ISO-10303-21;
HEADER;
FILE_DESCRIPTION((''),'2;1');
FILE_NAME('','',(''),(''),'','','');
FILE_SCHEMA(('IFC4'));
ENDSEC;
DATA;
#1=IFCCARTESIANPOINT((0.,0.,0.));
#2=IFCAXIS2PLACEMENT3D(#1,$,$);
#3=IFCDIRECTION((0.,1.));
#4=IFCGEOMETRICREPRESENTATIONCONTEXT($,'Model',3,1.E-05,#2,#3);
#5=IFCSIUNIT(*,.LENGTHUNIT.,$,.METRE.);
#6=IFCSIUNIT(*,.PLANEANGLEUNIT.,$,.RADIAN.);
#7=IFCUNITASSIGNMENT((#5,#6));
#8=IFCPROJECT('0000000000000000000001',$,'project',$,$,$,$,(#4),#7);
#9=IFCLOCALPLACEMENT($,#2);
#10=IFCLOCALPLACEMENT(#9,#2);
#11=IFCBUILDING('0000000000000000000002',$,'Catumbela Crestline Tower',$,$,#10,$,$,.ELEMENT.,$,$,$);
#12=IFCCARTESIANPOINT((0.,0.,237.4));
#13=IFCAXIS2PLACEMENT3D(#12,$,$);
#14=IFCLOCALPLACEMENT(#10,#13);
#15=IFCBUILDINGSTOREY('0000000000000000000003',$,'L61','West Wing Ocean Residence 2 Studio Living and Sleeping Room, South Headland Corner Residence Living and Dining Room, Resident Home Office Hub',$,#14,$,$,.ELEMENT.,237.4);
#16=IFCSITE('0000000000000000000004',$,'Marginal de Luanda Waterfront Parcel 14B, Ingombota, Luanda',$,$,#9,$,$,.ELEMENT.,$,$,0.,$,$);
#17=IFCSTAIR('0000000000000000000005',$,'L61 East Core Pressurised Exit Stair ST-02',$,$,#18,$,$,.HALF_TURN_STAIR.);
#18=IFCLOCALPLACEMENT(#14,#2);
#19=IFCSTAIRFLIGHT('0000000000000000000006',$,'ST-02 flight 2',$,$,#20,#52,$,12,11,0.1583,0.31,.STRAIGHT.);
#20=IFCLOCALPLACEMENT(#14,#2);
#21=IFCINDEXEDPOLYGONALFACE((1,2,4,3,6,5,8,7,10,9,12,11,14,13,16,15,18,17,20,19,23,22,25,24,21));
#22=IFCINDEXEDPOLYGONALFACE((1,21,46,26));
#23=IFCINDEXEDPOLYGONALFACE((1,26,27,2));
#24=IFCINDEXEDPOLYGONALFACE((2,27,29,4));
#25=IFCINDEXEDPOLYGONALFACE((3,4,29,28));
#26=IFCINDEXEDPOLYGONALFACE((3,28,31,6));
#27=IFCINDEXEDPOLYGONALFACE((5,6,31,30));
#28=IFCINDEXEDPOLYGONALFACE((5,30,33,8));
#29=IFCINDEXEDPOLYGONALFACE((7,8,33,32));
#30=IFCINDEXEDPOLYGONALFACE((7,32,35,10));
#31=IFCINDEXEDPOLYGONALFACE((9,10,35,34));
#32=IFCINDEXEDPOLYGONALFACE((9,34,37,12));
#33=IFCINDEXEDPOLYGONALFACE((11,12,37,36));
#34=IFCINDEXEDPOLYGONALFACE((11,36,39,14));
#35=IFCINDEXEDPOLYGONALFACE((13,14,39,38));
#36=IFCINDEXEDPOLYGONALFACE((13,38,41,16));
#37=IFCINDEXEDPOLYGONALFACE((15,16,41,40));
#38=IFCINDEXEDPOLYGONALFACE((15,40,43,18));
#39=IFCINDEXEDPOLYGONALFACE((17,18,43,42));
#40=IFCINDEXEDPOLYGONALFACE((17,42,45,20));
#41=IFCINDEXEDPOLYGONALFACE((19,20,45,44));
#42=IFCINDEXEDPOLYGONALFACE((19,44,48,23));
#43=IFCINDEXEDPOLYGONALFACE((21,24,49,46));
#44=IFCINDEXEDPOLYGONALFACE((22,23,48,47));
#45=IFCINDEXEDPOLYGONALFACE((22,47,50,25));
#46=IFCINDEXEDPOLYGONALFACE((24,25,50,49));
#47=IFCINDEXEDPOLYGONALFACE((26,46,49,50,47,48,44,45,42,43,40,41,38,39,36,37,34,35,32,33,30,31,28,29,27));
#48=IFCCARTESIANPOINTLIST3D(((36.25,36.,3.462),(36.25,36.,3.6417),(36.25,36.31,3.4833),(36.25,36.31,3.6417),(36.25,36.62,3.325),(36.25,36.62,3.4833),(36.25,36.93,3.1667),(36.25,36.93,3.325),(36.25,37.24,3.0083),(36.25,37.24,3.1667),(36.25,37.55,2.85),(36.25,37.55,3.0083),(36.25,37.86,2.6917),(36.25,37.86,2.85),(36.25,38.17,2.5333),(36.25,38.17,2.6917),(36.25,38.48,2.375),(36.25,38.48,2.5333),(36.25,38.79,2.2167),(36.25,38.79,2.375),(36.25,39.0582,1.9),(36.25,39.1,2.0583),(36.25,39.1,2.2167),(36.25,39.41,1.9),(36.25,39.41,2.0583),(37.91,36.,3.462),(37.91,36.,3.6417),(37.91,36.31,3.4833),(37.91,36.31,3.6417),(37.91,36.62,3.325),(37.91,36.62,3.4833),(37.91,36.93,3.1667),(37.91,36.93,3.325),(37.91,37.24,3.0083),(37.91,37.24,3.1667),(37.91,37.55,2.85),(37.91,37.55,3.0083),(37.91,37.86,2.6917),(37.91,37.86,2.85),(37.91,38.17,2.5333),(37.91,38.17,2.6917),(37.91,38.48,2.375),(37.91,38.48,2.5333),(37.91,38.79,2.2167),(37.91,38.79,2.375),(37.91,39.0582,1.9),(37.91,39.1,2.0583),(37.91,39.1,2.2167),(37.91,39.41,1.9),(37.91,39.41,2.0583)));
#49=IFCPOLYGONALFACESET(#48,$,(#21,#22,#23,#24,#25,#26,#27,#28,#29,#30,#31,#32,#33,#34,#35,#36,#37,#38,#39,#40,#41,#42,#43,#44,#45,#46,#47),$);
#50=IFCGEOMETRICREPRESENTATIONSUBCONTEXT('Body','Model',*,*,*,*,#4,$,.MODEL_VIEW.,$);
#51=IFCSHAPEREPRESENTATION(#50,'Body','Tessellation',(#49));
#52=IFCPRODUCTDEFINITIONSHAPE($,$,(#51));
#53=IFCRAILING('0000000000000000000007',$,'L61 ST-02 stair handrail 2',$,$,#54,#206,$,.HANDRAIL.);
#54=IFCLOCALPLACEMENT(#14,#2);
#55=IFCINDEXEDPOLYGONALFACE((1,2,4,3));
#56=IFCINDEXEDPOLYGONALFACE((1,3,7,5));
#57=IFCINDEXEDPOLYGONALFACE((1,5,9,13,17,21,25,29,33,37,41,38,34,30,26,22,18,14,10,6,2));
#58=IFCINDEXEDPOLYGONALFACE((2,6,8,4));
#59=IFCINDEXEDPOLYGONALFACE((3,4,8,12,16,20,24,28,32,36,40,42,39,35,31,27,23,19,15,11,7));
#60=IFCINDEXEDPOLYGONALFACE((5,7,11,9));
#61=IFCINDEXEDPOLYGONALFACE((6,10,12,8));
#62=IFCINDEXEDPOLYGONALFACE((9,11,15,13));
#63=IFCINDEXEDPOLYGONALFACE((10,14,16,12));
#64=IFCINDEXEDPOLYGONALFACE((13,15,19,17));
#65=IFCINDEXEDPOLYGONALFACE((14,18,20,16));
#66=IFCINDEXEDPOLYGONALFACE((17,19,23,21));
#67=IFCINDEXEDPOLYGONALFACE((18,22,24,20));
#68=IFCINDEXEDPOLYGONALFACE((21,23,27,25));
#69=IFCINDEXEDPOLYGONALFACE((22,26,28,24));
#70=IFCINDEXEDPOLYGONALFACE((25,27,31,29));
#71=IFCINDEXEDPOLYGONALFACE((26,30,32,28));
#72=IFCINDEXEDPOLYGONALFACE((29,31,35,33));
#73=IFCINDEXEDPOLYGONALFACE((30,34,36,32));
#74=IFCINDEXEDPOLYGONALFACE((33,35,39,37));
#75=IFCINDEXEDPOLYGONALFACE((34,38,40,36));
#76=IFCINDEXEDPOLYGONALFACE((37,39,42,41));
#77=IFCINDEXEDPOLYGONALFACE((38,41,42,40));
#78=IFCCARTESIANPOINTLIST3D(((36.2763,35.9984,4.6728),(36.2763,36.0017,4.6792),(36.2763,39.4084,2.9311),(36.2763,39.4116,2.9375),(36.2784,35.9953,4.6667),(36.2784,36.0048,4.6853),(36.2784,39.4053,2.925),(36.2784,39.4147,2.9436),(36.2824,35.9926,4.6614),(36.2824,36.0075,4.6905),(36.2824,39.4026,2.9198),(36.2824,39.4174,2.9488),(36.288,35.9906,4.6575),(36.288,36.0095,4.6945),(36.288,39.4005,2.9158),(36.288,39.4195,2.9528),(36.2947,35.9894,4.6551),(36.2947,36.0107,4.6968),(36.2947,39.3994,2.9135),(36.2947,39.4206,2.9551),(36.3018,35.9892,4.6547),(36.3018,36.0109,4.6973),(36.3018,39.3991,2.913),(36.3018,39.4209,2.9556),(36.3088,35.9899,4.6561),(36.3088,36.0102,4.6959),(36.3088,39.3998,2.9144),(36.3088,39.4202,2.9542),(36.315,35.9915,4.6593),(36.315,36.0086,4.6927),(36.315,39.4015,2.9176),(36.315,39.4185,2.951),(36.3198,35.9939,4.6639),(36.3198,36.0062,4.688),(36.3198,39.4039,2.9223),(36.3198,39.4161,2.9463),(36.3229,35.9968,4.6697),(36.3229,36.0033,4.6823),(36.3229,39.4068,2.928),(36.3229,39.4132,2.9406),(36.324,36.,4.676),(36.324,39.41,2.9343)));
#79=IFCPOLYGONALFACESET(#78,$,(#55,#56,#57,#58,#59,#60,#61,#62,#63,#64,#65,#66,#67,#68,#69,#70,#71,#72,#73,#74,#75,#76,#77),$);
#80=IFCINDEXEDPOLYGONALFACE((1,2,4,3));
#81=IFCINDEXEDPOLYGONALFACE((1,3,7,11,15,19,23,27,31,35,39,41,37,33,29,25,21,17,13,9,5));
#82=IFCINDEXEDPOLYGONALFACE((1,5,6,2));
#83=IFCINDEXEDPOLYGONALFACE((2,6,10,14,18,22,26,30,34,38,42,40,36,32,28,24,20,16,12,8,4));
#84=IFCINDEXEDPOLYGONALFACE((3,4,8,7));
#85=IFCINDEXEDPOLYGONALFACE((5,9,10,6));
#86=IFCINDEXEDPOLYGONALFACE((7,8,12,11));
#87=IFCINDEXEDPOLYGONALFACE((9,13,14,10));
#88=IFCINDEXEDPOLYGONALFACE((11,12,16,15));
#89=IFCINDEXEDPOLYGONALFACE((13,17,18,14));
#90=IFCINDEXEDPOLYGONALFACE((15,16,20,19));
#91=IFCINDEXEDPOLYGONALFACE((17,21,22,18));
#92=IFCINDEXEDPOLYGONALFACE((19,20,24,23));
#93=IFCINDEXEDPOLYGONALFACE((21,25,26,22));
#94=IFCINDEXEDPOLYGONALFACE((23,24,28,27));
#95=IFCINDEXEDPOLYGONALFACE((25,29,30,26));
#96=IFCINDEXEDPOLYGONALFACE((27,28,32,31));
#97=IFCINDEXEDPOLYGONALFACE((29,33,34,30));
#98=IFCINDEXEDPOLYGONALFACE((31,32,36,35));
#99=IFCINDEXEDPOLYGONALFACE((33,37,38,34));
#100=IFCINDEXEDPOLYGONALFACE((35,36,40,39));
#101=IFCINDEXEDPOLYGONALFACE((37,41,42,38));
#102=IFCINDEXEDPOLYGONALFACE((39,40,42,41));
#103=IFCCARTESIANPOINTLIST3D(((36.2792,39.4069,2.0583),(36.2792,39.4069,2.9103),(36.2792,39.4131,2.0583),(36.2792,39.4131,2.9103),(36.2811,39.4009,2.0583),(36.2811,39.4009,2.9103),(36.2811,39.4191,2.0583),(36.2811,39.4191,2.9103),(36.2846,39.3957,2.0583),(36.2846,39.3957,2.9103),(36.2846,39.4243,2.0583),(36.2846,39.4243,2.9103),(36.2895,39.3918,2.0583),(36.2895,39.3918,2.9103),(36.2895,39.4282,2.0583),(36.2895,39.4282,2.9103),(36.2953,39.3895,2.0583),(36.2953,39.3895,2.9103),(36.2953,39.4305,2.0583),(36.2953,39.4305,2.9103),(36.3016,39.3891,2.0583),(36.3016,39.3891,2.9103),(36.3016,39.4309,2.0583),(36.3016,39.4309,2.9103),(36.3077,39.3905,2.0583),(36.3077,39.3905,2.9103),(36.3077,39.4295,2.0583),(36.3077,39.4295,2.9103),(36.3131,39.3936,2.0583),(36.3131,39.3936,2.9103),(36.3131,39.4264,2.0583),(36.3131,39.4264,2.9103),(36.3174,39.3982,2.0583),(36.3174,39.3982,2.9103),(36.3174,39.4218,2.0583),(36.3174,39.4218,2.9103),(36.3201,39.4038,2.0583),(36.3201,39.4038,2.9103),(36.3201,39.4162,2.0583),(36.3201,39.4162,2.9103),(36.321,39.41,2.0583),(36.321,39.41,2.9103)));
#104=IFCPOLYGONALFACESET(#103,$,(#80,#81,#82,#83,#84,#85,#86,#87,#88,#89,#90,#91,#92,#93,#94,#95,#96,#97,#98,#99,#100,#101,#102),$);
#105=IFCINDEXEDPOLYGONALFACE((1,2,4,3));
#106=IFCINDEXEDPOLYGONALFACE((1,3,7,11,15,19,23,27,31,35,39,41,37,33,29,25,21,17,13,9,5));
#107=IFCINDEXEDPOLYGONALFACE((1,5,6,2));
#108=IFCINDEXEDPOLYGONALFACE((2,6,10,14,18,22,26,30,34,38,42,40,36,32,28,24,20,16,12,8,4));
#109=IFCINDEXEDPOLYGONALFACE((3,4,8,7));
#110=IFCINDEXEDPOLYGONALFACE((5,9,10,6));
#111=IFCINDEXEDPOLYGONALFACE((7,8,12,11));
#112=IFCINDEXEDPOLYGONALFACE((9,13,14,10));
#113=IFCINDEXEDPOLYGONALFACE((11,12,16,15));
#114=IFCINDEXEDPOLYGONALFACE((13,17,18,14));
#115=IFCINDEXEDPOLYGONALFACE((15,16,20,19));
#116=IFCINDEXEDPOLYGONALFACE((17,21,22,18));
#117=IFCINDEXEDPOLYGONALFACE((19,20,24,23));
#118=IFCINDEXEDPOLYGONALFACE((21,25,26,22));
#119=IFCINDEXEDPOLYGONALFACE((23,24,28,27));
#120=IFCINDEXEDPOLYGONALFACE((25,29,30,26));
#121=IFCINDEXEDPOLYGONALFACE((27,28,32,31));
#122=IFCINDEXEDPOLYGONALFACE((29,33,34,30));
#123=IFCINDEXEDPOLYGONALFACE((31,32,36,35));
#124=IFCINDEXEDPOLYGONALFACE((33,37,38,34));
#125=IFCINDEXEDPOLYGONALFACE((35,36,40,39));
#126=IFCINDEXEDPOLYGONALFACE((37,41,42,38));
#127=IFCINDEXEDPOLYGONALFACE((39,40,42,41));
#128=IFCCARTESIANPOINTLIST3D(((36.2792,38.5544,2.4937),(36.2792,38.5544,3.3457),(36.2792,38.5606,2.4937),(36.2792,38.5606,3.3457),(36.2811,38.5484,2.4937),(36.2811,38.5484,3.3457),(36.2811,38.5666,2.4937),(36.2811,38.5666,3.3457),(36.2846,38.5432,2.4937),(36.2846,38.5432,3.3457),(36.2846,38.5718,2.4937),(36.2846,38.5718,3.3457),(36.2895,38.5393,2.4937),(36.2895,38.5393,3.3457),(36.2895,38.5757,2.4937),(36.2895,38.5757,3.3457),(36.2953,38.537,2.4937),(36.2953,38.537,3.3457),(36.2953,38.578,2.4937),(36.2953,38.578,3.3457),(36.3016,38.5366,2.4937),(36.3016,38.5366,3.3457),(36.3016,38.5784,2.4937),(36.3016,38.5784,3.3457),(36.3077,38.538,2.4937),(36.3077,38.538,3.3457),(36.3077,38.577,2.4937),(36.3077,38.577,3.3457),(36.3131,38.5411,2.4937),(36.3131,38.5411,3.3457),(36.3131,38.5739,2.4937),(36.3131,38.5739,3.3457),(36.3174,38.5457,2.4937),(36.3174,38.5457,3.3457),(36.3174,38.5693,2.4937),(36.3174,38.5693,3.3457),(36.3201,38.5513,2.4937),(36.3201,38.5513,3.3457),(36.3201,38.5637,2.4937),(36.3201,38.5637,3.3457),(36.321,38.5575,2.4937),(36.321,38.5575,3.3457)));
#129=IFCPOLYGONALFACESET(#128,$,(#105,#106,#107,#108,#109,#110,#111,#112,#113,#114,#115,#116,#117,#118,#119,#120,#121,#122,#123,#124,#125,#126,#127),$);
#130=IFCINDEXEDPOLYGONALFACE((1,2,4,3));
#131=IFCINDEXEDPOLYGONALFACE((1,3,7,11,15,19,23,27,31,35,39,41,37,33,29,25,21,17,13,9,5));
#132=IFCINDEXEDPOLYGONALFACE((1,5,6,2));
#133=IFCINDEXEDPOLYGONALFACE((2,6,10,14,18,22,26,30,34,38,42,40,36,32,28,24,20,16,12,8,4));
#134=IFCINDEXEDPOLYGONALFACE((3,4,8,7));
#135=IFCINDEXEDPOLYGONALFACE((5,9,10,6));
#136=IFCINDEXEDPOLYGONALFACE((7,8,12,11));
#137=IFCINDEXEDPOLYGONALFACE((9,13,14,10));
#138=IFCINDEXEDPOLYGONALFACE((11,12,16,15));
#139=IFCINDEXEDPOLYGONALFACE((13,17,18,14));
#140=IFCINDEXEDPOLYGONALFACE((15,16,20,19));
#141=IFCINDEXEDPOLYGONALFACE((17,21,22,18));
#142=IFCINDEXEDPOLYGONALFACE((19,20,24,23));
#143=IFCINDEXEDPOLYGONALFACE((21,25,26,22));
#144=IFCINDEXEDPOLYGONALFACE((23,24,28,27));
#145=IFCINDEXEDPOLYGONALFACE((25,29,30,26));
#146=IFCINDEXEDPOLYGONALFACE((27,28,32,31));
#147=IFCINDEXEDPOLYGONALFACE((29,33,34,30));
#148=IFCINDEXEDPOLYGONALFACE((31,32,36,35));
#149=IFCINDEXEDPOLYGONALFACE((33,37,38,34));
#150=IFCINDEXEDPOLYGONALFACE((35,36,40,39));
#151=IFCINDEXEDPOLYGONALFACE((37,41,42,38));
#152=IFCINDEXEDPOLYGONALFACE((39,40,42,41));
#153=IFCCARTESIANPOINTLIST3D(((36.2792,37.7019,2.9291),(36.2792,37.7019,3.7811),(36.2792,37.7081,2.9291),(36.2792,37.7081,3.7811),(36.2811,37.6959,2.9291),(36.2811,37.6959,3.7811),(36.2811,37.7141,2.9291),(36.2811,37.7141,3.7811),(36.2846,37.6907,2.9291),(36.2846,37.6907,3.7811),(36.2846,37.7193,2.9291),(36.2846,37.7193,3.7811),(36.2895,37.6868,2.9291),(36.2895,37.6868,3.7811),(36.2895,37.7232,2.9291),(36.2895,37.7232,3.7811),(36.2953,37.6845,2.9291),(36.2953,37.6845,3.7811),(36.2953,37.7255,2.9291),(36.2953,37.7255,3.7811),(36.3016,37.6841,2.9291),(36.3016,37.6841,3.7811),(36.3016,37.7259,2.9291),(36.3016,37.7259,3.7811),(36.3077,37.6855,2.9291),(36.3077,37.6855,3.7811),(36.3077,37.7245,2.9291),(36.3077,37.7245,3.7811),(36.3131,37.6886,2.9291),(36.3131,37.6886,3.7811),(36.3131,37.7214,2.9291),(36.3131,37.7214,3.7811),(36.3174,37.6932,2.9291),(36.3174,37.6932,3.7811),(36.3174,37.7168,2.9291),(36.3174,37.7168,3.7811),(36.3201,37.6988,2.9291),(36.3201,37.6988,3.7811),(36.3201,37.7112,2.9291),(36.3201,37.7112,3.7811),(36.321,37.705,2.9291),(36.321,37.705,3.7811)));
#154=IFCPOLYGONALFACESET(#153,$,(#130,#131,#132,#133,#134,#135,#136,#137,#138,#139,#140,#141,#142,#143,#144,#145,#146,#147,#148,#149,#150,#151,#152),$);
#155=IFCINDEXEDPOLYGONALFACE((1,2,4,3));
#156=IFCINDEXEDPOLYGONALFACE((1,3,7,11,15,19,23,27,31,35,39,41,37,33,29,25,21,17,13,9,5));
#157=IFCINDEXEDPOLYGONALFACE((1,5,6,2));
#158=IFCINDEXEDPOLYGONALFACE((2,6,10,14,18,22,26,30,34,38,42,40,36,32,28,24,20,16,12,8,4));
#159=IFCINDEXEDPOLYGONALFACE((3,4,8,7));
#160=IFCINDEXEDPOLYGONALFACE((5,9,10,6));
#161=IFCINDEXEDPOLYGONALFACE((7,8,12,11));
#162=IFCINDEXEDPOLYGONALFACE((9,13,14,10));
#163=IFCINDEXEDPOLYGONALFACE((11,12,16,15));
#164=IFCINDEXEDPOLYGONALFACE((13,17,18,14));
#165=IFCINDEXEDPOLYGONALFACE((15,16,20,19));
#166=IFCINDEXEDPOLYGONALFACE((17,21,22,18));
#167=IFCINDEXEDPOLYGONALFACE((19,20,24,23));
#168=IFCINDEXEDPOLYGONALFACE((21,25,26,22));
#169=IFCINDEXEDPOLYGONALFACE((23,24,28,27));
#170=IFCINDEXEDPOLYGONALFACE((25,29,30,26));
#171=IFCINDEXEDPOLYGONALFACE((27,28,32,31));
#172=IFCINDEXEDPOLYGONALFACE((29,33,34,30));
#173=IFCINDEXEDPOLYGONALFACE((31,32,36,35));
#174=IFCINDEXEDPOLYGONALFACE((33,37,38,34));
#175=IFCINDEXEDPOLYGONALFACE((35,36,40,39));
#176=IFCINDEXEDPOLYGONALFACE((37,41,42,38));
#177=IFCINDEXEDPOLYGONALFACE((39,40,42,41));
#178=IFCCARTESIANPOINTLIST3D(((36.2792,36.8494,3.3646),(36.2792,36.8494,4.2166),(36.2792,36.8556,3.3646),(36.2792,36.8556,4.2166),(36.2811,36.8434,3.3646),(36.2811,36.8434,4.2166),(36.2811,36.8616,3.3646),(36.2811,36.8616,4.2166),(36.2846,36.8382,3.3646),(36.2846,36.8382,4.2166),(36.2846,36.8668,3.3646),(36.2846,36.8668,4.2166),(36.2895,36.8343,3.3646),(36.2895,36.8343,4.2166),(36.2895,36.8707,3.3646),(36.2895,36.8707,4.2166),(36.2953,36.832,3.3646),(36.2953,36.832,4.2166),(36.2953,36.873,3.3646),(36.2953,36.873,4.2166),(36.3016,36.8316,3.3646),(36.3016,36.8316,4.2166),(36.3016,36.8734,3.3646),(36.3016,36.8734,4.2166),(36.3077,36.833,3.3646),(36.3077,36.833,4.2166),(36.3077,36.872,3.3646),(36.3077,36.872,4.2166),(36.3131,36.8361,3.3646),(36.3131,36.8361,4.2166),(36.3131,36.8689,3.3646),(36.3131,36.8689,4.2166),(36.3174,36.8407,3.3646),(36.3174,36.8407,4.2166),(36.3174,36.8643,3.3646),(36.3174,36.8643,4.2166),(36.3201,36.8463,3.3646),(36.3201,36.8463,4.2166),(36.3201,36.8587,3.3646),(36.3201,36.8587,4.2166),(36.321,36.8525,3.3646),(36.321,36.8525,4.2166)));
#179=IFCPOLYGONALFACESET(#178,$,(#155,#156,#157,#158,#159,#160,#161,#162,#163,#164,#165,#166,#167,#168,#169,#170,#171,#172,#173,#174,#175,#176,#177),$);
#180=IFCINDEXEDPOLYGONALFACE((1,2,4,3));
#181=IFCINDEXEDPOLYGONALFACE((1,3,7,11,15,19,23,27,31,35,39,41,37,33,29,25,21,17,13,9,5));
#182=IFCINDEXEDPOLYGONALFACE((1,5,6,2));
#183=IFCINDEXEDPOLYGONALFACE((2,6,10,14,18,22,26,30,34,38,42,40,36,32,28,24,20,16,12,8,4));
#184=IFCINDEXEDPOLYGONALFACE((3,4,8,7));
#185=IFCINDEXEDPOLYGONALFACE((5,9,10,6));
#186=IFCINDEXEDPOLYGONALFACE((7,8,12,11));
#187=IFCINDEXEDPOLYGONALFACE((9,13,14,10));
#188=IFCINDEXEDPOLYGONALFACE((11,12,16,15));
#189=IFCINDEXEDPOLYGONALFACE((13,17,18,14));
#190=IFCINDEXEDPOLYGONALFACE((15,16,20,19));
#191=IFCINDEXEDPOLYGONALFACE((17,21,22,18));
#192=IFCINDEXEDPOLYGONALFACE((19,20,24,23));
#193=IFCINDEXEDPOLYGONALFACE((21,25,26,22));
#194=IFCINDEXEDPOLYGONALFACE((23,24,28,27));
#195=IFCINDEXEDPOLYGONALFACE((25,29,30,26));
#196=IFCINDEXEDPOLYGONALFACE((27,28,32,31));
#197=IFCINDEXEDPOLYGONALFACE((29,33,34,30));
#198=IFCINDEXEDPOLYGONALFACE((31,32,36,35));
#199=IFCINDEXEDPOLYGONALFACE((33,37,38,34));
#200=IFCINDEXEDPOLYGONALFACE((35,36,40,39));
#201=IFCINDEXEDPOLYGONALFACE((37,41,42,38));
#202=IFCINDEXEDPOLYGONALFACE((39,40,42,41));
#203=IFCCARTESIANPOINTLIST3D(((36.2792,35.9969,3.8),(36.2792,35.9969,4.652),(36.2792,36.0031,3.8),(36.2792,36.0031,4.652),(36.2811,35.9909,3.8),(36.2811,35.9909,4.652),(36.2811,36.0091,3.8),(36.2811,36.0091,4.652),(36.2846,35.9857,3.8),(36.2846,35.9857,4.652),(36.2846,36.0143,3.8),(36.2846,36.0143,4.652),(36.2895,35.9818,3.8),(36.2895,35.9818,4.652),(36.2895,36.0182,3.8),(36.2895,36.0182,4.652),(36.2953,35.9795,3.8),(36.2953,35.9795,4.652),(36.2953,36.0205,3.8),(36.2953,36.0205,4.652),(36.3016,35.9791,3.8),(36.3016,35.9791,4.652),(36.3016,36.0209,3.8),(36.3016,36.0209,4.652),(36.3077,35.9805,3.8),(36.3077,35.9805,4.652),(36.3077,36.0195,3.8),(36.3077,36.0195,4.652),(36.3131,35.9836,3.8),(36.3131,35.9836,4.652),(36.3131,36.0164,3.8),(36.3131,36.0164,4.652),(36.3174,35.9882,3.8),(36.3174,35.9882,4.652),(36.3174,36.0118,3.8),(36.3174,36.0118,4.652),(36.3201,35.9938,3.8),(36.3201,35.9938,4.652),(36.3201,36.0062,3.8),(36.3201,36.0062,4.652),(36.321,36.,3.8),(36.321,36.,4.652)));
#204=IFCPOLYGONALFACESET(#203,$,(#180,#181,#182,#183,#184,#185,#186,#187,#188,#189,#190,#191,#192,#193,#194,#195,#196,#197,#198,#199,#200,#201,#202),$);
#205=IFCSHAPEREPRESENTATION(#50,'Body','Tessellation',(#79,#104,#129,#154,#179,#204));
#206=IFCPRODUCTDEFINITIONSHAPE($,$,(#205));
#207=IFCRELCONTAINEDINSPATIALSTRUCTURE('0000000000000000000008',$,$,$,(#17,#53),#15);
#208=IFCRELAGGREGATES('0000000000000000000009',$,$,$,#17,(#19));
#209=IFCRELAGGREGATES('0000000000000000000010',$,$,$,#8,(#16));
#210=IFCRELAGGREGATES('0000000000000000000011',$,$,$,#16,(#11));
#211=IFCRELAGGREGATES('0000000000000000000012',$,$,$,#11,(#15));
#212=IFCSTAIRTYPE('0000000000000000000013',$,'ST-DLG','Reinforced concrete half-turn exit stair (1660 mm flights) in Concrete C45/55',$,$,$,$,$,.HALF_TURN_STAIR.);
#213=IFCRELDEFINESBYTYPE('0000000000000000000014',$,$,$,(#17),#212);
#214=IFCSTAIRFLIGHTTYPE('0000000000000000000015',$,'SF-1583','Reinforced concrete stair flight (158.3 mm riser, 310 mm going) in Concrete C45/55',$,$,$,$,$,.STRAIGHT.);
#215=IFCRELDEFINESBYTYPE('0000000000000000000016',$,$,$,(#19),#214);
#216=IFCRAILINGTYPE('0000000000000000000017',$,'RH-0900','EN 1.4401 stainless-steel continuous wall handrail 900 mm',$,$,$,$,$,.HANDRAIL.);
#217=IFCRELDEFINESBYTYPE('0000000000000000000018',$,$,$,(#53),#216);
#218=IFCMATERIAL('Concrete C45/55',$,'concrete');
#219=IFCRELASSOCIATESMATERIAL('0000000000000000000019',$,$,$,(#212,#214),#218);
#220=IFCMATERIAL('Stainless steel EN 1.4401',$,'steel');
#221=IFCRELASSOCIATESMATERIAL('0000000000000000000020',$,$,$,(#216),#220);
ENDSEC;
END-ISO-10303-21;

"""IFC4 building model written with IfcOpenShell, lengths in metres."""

from ifc_helpers import new_model, si_unit, direction, frame, origin, origin_2d, place, context, subcontext, project, spatial, polyline, circle, outline, extrude, material, type_object, element, aggregate, save


model = new_model("IFC4")

# Units and contexts
model_context = context("Model", 3, precision=1e-05, world=origin(), true_north=direction((0.0, 1.0)))
body_context = subcontext(model_context, "Body", "Model", "MODEL_VIEW")
ifc_project = project(units=[si_unit("LENGTHUNIT", "METRE"), si_unit("PLANEANGLEUNIT", "RADIAN")], contexts=[model_context])

# Site, building, storey
site_placement = place(None, origin())
site = spatial("IfcSite", under=ifc_project, at=site_placement, Name="Marginal de Luanda Waterfront Parcel 14B, Ingombota, Luanda", CompositionType="ELEMENT", RefElevation=0.0)
building_placement = place(site_placement, origin())
building = spatial("IfcBuilding", under=site, at=building_placement, Name="Catumbela Crestline Tower", CompositionType="ELEMENT")
storey_placement = place(building_placement, frame((0.0, 0.0, 237.4)))
storey = spatial("IfcBuildingStorey", under=building, at=storey_placement, Name="L61", Description="West Wing Ocean Residence 2 Studio Living and Sleeping Room, South Headland Corner Residence Living and Dining Room, Resident Home Office Hub", CompositionType="ELEMENT", Elevation=237.4)

# Shared definitions
ifc_material_1 = material(Name="Stainless steel EN 1.4401", Category="steel")

# Shared definitions
ifc_material_2 = material(Name="Concrete C45/55", Category="concrete")

# Stair, stair flight
stair_type = type_object("IfcStairType", Name="ST-DLG", Description="Reinforced concrete half-turn exit stair (1660 mm flights) in Concrete C45/55", PredefinedType="HALF_TURN_STAIR", material=ifc_material_2)
stair_placement = place(storey_placement, origin())
stair = element("IfcStair", 1, at=stair_placement, inside=storey, type_object=stair_type, Name="L61 East Core Pressurised Exit Stair ST-02", PredefinedType="HALF_TURN_STAIR")
stair_flight_type = type_object("IfcStairFlightType", Name="SF-1583", Description="Reinforced concrete stair flight (158.3 mm riser, 310 mm going) in Concrete C45/55", PredefinedType="STRAIGHT", material=ifc_material_2)
stair_flight_placement = place(storey_placement, frame((37.08, 39.41, 1.9), z_axis=(0.0, 0.0, 1.0), x_axis=(0.0, -1.0, 0.0)))
stair_flight = element("IfcStairFlight", 2, at=stair_flight_placement, type_object=stair_flight_type, Name="ST-02 flight 2", NumberOfRisers=12, NumberOfTreads=11, PredefinedType="STRAIGHT", RiserHeight=0.1583, TreadLength=0.31, context=body_context, shape_type="SweptSolid", body=[
    extrude(outline(polyline([(0.0, 0.0), (0.0, 0.1583), (0.31, 0.1583), (0.31, 0.3167), (0.62, 0.3167), (0.62, 0.475), (0.93, 0.475), (0.93, 0.6333), (1.24, 0.6333), (1.24, 0.7917), (1.55, 0.7917), (1.55, 0.95), (1.86, 0.95), (1.86, 1.1083), (2.17, 1.1083), (2.17, 1.2667), (2.48, 1.2667), (2.48, 1.425), (2.79, 1.425), (2.79, 1.5833), (3.1, 1.5833), (3.1, 1.7417), (3.41, 1.7417), (3.41, 1.9), (3.41, 1.562), (0.3518, 0.0), (0.0, 0.0)])), frame((0.0, 0.83, 0.0), z_axis=(0.0, -1.0, 0.0), x_axis=(1.0, 0.0, 0.0)), (0.0, 0.0, 1.0), 1.66),
])
aggregate(stair, [stair_flight])

# Railing
railing_type_1 = type_object("IfcRailingType", Name="RH-0900", Description="EN 1.4401 stainless-steel continuous wall handrail 900 mm", PredefinedType="HANDRAIL", material=ifc_material_1)
railing_1_placement = place(storey_placement, frame((36.3, 39.41, 2.0583)))
element("IfcRailing", 3, at=railing_1_placement, inside=storey, type_object=railing_type_1, Name="L61 ST-02 stair handrail 2", PredefinedType="HANDRAIL", context=body_context, shape_type="SweptSolid", body=[
    extrude(circle(Radius=0.024, at=origin_2d()), frame((0.0, 0.0, 0.876), z_axis=(0.0, -0.89056, 0.454865), x_axis=(1.0, 0.0, 0.0)), (0.0, 0.0, 1.0), 3.829),
    extrude(circle(Radius=0.021, at=origin_2d()), origin(), (0.0, 0.0, 1.0), 0.852),
    extrude(circle(Radius=0.021, at=origin_2d()), frame((0.0, -0.8525, 0.4354)), (0.0, 0.0, 1.0), 0.852),
    extrude(circle(Radius=0.021, at=origin_2d()), frame((0.0, -1.705, 0.8708)), (0.0, 0.0, 1.0), 0.852),
    extrude(circle(Radius=0.021, at=origin_2d()), frame((0.0, -2.5575, 1.3063)), (0.0, 0.0, 1.0), 0.852),
    extrude(circle(Radius=0.021, at=origin_2d()), frame((0.0, -3.41, 1.7417)), (0.0, 0.0, 1.0), 0.852),
])

save(model, "model.ifc")
